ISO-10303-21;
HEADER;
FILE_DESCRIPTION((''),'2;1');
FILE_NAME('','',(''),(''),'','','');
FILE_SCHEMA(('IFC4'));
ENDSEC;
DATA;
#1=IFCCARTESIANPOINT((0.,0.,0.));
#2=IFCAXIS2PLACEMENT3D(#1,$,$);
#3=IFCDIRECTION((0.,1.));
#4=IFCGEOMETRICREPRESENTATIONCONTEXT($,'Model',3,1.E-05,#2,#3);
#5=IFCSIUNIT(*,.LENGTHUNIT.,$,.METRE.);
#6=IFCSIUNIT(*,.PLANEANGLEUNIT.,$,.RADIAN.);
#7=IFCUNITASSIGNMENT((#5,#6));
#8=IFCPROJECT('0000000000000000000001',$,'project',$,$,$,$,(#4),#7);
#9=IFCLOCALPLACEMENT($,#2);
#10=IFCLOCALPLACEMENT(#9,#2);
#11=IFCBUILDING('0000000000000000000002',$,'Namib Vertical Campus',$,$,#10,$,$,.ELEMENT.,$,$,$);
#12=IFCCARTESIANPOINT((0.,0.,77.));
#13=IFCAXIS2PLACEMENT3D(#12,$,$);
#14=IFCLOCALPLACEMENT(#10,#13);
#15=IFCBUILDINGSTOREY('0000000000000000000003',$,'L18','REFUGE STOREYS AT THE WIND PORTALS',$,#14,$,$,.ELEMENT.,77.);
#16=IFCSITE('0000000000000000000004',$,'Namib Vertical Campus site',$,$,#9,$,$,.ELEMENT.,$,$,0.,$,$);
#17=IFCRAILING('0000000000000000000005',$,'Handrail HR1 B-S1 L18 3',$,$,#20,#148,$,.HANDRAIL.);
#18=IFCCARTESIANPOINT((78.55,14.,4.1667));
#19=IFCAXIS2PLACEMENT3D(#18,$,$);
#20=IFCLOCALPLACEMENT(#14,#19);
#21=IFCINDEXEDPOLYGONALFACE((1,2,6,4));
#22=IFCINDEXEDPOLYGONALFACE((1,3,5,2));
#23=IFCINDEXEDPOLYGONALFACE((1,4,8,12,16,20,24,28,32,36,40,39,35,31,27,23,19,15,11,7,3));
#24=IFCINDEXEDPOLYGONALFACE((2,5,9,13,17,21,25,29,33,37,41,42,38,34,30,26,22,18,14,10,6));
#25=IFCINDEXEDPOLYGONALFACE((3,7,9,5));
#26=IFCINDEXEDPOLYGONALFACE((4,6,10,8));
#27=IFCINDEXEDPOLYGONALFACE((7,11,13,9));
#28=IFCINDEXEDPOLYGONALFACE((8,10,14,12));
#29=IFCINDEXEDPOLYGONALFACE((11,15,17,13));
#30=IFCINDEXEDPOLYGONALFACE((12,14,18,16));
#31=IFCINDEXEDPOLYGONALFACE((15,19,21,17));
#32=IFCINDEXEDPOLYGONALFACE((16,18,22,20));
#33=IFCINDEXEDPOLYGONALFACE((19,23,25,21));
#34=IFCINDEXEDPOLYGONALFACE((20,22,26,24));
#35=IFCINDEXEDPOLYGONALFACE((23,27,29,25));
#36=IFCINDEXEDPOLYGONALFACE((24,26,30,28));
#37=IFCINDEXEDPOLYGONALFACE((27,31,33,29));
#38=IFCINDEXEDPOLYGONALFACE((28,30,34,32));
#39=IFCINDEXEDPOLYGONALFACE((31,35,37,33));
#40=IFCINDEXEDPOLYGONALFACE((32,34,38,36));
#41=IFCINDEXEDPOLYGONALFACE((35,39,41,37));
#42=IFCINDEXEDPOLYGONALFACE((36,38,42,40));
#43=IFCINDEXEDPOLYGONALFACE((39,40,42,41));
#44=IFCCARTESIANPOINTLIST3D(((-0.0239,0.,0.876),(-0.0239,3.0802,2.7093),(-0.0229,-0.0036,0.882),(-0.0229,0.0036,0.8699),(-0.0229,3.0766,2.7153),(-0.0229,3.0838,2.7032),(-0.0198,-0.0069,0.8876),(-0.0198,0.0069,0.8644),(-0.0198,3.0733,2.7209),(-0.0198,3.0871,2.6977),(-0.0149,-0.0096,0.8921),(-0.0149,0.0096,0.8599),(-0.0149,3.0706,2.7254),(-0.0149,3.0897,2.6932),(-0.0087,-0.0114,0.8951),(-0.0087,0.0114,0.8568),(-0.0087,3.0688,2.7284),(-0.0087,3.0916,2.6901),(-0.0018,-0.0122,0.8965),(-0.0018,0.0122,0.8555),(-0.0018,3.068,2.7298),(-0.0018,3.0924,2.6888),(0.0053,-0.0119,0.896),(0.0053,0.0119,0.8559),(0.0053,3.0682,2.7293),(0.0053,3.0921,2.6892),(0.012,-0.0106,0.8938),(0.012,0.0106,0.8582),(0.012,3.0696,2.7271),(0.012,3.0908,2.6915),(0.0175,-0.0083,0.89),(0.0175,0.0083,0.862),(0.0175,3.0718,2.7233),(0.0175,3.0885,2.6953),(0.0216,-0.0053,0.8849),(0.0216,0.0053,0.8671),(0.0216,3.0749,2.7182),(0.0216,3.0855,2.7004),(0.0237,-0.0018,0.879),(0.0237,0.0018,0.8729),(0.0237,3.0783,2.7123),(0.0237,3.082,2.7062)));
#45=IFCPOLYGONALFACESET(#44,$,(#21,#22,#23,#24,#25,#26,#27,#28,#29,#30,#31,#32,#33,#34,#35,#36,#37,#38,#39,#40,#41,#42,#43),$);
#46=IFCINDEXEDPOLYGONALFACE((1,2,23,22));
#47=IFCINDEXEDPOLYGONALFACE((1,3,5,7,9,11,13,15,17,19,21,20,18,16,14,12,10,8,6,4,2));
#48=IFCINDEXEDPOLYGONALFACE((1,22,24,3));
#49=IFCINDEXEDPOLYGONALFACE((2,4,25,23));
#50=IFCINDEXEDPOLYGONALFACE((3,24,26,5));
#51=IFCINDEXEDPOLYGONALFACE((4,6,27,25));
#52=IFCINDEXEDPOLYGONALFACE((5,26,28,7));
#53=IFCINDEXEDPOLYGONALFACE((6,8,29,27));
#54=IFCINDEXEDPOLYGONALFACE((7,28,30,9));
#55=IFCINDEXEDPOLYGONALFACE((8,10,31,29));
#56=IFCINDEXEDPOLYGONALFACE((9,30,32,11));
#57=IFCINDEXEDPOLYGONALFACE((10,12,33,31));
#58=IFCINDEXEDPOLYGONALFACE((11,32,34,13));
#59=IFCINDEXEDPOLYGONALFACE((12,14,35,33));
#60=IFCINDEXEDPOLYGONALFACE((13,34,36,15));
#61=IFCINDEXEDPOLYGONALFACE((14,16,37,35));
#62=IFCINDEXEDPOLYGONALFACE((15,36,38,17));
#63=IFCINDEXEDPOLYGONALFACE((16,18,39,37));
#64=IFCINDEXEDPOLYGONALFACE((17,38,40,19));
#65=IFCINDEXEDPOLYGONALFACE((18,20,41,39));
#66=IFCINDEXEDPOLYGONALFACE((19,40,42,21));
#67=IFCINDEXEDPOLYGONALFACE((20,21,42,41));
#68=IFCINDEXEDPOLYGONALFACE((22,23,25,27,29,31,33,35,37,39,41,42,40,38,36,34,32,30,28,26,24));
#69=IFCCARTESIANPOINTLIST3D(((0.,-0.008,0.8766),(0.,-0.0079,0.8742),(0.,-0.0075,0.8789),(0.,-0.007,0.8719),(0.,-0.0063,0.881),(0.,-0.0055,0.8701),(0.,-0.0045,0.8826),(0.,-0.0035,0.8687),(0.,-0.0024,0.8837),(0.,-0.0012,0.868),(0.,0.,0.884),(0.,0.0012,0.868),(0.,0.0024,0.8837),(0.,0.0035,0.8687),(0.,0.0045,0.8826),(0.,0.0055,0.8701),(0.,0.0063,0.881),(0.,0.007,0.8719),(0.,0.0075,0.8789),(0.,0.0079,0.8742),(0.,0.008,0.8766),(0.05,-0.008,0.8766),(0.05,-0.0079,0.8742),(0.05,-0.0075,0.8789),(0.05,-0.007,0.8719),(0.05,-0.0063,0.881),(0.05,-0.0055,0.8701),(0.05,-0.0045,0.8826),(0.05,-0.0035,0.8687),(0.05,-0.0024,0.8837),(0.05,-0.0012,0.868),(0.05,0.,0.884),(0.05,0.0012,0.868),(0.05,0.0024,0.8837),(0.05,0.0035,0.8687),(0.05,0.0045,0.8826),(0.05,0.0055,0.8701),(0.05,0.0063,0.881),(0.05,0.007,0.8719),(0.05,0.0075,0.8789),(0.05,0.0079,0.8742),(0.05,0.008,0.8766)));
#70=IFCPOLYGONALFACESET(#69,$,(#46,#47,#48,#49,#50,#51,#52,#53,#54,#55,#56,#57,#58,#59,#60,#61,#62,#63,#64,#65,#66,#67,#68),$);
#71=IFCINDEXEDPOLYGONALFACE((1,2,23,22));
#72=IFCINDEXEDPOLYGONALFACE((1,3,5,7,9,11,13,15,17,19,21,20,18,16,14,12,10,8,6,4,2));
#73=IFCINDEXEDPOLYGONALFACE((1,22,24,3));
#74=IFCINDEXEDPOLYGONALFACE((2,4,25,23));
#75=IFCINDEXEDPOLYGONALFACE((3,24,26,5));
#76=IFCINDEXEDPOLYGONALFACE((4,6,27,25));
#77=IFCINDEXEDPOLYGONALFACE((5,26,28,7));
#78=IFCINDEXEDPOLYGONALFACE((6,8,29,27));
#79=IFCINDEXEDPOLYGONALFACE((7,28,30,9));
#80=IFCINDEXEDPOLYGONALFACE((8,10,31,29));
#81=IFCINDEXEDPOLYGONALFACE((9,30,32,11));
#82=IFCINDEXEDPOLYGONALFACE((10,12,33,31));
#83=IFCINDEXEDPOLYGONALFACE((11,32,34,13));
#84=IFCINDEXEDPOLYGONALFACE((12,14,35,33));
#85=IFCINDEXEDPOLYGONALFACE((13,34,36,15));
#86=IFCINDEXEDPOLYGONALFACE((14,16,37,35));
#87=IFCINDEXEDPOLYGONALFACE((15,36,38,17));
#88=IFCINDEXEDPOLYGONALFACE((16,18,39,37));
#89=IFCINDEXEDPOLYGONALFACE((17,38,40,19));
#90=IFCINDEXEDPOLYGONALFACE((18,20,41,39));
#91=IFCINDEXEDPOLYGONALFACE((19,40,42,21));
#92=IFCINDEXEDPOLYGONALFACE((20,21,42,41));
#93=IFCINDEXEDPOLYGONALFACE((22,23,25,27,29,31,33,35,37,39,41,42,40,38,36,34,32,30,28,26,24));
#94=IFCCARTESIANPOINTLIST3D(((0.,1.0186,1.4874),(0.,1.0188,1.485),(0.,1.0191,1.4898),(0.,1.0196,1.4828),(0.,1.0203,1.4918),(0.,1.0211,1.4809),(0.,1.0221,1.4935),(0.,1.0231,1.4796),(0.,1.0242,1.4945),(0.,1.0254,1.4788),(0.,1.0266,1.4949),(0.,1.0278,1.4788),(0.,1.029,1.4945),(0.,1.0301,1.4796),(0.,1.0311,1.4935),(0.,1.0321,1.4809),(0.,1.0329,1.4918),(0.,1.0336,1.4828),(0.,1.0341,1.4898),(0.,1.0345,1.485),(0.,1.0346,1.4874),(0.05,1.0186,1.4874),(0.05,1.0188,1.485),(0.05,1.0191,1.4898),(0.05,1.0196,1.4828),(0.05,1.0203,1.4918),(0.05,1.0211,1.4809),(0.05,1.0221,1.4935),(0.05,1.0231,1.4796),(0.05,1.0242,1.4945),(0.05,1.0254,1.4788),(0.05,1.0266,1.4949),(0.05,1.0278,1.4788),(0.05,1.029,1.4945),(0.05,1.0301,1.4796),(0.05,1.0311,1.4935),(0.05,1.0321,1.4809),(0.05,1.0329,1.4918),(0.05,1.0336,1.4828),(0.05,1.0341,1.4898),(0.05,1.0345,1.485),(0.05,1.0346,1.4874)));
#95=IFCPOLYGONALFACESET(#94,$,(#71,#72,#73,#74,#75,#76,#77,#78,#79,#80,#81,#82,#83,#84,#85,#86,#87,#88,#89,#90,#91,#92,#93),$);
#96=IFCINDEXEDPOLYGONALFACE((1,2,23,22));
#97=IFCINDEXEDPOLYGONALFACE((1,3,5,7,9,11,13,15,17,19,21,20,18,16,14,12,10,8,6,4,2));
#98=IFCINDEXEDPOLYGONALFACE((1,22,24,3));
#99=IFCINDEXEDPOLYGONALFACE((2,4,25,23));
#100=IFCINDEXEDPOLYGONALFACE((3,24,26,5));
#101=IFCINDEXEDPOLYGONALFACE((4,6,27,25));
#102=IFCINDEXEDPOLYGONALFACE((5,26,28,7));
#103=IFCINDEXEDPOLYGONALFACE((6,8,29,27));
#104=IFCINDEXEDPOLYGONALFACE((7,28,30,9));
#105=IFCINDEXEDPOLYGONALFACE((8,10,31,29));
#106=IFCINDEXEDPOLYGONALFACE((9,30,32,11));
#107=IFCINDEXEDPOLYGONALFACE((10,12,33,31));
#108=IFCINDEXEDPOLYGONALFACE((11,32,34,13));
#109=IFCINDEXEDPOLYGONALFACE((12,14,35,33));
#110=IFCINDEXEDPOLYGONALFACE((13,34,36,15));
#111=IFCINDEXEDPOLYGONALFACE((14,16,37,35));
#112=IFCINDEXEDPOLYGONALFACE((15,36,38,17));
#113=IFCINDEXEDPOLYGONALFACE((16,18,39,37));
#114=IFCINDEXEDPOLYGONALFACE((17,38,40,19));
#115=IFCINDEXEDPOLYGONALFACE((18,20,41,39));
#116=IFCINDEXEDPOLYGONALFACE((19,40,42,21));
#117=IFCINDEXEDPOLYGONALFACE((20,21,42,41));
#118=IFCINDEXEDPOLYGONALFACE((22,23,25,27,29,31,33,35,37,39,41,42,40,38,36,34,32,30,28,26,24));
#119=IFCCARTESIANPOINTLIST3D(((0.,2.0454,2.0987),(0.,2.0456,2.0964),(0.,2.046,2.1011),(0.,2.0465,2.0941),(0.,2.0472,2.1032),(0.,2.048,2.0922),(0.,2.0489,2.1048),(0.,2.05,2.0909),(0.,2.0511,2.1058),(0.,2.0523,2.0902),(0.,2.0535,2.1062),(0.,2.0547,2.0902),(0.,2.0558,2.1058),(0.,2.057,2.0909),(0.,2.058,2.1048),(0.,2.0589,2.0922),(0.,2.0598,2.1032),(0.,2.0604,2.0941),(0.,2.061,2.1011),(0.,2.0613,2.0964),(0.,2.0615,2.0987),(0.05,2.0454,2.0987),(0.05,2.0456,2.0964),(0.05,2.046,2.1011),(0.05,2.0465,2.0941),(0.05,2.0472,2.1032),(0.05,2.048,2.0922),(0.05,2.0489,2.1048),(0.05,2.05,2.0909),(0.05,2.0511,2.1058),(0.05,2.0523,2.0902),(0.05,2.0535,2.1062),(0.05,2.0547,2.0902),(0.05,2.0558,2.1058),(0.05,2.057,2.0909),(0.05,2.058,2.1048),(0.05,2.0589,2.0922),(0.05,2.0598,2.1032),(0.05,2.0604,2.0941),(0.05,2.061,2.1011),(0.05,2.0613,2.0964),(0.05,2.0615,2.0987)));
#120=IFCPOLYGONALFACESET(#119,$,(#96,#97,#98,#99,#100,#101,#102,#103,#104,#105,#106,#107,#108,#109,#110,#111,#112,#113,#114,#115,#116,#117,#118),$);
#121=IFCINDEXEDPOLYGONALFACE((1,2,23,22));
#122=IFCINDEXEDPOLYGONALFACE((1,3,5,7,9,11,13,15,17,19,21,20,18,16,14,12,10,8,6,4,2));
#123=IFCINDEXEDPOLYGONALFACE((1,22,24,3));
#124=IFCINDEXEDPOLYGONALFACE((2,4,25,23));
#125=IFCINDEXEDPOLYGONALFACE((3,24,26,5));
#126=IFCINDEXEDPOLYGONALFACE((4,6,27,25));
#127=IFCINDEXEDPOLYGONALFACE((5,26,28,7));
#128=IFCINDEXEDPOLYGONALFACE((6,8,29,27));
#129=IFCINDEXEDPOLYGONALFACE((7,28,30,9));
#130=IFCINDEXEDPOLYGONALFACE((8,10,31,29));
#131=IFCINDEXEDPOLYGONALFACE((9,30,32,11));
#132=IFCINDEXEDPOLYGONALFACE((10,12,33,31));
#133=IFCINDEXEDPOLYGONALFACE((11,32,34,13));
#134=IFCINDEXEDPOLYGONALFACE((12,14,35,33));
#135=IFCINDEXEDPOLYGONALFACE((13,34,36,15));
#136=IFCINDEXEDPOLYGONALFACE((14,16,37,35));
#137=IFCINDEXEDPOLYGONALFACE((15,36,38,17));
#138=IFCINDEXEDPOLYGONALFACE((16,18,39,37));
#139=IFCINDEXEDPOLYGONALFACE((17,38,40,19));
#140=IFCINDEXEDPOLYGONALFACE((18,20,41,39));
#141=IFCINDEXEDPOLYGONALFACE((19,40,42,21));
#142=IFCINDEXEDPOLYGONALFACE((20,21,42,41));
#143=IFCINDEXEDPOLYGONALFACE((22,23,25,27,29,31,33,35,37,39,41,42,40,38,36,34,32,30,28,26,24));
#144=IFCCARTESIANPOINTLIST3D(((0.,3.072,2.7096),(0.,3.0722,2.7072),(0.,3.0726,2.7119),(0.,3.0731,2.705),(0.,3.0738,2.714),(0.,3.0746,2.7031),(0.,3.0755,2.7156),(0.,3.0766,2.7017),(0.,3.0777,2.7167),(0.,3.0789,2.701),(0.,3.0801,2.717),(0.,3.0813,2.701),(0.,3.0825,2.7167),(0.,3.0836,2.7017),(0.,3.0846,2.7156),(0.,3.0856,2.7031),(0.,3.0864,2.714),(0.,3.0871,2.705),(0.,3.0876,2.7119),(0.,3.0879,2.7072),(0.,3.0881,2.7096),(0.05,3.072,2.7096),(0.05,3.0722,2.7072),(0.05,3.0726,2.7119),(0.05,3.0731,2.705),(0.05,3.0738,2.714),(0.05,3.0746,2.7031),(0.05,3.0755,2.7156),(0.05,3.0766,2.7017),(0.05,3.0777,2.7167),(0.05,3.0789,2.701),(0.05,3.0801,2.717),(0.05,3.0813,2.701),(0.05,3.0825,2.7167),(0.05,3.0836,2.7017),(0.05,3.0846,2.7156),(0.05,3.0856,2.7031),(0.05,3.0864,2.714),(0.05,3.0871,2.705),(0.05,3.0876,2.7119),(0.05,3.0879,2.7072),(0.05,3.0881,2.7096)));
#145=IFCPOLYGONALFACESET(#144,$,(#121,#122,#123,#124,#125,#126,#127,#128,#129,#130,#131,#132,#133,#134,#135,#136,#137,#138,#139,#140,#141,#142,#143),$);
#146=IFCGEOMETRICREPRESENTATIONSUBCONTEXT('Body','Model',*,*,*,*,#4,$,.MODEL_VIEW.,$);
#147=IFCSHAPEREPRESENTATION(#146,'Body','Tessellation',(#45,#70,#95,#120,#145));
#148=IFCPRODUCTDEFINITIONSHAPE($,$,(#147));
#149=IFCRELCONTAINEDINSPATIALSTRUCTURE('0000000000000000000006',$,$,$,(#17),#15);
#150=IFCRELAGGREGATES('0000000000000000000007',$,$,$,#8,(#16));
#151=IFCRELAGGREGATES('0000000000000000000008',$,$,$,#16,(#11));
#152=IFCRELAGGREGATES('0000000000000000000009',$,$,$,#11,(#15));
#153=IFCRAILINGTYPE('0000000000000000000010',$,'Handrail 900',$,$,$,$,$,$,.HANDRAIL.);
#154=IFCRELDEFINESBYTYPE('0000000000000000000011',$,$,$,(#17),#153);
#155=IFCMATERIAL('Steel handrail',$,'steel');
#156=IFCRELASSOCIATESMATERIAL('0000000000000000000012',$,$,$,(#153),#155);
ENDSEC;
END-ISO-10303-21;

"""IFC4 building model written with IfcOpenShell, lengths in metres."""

from ifc_helpers import new_model, si_unit, direction, frame, origin, origin_2d, place, context, subcontext, project, spatial, circle, extrude, material, type_object, element, save


model = new_model("IFC4")

# Units and contexts
model_context = context("Model", 3, precision=1e-05, world=origin(), true_north=direction((0.0, 1.0)))
body_context = subcontext(model_context, "Body", "Model", "MODEL_VIEW")
ifc_project = project(units=[si_unit("LENGTHUNIT", "METRE"), si_unit("PLANEANGLEUNIT", "RADIAN")], contexts=[model_context])

# Site, building, storey
site_placement = place(None, origin())
site = spatial("IfcSite", under=ifc_project, at=site_placement, Name="Namib Vertical Campus site", CompositionType="ELEMENT", RefElevation=0.0)
building_placement = place(site_placement, origin())
building = spatial("IfcBuilding", under=site, at=building_placement, Name="Namib Vertical Campus", CompositionType="ELEMENT")
storey_placement = place(building_placement, frame((0.0, 0.0, 77.0)))
storey = spatial("IfcBuildingStorey", under=building, at=storey_placement, Name="L18", Description="REFUGE STOREYS AT THE WIND PORTALS", CompositionType="ELEMENT", Elevation=77.0)

# Railing
ifc_material_1 = material(Name="Steel handrail", Category="steel")
railing_type_1 = type_object("IfcRailingType", Name="Handrail 900", PredefinedType="HANDRAIL", material=ifc_material_1)
railing_1_placement = place(storey_placement, frame((78.55, 14.0, 4.1667)))
element("IfcRailing", 1, at=railing_1_placement, inside=storey, type_object=railing_type_1, Name="Handrail HR1 B-S1 L18 3", PredefinedType="HANDRAIL", context=body_context, shape_type="SweptSolid", body=[
    extrude(circle(Radius=0.0239, at=origin_2d()), frame((0.0, 0.0, 0.876), z_axis=(0.0, 0.859309, 0.511458), x_axis=(-1.0, 0.0, 0.0)), (0.0, 0.0, 1.0), 3.5845),
    extrude(circle(Radius=0.0081, at=origin_2d()), frame((0.0, 0.0, 0.876), z_axis=(1.0, 0.0, 0.0), x_axis=(0.0, 0.0, 1.0)), (0.0, 0.0, 1.0), 0.05),
    extrude(circle(Radius=0.0081, at=origin_2d()), frame((0.0, 1.0266, 1.4868), z_axis=(1.0, 0.0, 0.0), x_axis=(0.0, 0.0, 1.0)), (0.0, 0.0, 1.0), 0.05),
    extrude(circle(Radius=0.0081, at=origin_2d()), frame((0.0, 2.0535, 2.0981), z_axis=(1.0, 0.0, 0.0), x_axis=(0.0, 0.0, 1.0)), (0.0, 0.0, 1.0), 0.05),
    extrude(circle(Radius=0.0081, at=origin_2d()), frame((0.0, 3.0801, 2.709), z_axis=(1.0, 0.0, 0.0), x_axis=(0.0, 0.0, 1.0)), (0.0, 0.0, 1.0), 0.05),
])

save(model, "model.ifc")
